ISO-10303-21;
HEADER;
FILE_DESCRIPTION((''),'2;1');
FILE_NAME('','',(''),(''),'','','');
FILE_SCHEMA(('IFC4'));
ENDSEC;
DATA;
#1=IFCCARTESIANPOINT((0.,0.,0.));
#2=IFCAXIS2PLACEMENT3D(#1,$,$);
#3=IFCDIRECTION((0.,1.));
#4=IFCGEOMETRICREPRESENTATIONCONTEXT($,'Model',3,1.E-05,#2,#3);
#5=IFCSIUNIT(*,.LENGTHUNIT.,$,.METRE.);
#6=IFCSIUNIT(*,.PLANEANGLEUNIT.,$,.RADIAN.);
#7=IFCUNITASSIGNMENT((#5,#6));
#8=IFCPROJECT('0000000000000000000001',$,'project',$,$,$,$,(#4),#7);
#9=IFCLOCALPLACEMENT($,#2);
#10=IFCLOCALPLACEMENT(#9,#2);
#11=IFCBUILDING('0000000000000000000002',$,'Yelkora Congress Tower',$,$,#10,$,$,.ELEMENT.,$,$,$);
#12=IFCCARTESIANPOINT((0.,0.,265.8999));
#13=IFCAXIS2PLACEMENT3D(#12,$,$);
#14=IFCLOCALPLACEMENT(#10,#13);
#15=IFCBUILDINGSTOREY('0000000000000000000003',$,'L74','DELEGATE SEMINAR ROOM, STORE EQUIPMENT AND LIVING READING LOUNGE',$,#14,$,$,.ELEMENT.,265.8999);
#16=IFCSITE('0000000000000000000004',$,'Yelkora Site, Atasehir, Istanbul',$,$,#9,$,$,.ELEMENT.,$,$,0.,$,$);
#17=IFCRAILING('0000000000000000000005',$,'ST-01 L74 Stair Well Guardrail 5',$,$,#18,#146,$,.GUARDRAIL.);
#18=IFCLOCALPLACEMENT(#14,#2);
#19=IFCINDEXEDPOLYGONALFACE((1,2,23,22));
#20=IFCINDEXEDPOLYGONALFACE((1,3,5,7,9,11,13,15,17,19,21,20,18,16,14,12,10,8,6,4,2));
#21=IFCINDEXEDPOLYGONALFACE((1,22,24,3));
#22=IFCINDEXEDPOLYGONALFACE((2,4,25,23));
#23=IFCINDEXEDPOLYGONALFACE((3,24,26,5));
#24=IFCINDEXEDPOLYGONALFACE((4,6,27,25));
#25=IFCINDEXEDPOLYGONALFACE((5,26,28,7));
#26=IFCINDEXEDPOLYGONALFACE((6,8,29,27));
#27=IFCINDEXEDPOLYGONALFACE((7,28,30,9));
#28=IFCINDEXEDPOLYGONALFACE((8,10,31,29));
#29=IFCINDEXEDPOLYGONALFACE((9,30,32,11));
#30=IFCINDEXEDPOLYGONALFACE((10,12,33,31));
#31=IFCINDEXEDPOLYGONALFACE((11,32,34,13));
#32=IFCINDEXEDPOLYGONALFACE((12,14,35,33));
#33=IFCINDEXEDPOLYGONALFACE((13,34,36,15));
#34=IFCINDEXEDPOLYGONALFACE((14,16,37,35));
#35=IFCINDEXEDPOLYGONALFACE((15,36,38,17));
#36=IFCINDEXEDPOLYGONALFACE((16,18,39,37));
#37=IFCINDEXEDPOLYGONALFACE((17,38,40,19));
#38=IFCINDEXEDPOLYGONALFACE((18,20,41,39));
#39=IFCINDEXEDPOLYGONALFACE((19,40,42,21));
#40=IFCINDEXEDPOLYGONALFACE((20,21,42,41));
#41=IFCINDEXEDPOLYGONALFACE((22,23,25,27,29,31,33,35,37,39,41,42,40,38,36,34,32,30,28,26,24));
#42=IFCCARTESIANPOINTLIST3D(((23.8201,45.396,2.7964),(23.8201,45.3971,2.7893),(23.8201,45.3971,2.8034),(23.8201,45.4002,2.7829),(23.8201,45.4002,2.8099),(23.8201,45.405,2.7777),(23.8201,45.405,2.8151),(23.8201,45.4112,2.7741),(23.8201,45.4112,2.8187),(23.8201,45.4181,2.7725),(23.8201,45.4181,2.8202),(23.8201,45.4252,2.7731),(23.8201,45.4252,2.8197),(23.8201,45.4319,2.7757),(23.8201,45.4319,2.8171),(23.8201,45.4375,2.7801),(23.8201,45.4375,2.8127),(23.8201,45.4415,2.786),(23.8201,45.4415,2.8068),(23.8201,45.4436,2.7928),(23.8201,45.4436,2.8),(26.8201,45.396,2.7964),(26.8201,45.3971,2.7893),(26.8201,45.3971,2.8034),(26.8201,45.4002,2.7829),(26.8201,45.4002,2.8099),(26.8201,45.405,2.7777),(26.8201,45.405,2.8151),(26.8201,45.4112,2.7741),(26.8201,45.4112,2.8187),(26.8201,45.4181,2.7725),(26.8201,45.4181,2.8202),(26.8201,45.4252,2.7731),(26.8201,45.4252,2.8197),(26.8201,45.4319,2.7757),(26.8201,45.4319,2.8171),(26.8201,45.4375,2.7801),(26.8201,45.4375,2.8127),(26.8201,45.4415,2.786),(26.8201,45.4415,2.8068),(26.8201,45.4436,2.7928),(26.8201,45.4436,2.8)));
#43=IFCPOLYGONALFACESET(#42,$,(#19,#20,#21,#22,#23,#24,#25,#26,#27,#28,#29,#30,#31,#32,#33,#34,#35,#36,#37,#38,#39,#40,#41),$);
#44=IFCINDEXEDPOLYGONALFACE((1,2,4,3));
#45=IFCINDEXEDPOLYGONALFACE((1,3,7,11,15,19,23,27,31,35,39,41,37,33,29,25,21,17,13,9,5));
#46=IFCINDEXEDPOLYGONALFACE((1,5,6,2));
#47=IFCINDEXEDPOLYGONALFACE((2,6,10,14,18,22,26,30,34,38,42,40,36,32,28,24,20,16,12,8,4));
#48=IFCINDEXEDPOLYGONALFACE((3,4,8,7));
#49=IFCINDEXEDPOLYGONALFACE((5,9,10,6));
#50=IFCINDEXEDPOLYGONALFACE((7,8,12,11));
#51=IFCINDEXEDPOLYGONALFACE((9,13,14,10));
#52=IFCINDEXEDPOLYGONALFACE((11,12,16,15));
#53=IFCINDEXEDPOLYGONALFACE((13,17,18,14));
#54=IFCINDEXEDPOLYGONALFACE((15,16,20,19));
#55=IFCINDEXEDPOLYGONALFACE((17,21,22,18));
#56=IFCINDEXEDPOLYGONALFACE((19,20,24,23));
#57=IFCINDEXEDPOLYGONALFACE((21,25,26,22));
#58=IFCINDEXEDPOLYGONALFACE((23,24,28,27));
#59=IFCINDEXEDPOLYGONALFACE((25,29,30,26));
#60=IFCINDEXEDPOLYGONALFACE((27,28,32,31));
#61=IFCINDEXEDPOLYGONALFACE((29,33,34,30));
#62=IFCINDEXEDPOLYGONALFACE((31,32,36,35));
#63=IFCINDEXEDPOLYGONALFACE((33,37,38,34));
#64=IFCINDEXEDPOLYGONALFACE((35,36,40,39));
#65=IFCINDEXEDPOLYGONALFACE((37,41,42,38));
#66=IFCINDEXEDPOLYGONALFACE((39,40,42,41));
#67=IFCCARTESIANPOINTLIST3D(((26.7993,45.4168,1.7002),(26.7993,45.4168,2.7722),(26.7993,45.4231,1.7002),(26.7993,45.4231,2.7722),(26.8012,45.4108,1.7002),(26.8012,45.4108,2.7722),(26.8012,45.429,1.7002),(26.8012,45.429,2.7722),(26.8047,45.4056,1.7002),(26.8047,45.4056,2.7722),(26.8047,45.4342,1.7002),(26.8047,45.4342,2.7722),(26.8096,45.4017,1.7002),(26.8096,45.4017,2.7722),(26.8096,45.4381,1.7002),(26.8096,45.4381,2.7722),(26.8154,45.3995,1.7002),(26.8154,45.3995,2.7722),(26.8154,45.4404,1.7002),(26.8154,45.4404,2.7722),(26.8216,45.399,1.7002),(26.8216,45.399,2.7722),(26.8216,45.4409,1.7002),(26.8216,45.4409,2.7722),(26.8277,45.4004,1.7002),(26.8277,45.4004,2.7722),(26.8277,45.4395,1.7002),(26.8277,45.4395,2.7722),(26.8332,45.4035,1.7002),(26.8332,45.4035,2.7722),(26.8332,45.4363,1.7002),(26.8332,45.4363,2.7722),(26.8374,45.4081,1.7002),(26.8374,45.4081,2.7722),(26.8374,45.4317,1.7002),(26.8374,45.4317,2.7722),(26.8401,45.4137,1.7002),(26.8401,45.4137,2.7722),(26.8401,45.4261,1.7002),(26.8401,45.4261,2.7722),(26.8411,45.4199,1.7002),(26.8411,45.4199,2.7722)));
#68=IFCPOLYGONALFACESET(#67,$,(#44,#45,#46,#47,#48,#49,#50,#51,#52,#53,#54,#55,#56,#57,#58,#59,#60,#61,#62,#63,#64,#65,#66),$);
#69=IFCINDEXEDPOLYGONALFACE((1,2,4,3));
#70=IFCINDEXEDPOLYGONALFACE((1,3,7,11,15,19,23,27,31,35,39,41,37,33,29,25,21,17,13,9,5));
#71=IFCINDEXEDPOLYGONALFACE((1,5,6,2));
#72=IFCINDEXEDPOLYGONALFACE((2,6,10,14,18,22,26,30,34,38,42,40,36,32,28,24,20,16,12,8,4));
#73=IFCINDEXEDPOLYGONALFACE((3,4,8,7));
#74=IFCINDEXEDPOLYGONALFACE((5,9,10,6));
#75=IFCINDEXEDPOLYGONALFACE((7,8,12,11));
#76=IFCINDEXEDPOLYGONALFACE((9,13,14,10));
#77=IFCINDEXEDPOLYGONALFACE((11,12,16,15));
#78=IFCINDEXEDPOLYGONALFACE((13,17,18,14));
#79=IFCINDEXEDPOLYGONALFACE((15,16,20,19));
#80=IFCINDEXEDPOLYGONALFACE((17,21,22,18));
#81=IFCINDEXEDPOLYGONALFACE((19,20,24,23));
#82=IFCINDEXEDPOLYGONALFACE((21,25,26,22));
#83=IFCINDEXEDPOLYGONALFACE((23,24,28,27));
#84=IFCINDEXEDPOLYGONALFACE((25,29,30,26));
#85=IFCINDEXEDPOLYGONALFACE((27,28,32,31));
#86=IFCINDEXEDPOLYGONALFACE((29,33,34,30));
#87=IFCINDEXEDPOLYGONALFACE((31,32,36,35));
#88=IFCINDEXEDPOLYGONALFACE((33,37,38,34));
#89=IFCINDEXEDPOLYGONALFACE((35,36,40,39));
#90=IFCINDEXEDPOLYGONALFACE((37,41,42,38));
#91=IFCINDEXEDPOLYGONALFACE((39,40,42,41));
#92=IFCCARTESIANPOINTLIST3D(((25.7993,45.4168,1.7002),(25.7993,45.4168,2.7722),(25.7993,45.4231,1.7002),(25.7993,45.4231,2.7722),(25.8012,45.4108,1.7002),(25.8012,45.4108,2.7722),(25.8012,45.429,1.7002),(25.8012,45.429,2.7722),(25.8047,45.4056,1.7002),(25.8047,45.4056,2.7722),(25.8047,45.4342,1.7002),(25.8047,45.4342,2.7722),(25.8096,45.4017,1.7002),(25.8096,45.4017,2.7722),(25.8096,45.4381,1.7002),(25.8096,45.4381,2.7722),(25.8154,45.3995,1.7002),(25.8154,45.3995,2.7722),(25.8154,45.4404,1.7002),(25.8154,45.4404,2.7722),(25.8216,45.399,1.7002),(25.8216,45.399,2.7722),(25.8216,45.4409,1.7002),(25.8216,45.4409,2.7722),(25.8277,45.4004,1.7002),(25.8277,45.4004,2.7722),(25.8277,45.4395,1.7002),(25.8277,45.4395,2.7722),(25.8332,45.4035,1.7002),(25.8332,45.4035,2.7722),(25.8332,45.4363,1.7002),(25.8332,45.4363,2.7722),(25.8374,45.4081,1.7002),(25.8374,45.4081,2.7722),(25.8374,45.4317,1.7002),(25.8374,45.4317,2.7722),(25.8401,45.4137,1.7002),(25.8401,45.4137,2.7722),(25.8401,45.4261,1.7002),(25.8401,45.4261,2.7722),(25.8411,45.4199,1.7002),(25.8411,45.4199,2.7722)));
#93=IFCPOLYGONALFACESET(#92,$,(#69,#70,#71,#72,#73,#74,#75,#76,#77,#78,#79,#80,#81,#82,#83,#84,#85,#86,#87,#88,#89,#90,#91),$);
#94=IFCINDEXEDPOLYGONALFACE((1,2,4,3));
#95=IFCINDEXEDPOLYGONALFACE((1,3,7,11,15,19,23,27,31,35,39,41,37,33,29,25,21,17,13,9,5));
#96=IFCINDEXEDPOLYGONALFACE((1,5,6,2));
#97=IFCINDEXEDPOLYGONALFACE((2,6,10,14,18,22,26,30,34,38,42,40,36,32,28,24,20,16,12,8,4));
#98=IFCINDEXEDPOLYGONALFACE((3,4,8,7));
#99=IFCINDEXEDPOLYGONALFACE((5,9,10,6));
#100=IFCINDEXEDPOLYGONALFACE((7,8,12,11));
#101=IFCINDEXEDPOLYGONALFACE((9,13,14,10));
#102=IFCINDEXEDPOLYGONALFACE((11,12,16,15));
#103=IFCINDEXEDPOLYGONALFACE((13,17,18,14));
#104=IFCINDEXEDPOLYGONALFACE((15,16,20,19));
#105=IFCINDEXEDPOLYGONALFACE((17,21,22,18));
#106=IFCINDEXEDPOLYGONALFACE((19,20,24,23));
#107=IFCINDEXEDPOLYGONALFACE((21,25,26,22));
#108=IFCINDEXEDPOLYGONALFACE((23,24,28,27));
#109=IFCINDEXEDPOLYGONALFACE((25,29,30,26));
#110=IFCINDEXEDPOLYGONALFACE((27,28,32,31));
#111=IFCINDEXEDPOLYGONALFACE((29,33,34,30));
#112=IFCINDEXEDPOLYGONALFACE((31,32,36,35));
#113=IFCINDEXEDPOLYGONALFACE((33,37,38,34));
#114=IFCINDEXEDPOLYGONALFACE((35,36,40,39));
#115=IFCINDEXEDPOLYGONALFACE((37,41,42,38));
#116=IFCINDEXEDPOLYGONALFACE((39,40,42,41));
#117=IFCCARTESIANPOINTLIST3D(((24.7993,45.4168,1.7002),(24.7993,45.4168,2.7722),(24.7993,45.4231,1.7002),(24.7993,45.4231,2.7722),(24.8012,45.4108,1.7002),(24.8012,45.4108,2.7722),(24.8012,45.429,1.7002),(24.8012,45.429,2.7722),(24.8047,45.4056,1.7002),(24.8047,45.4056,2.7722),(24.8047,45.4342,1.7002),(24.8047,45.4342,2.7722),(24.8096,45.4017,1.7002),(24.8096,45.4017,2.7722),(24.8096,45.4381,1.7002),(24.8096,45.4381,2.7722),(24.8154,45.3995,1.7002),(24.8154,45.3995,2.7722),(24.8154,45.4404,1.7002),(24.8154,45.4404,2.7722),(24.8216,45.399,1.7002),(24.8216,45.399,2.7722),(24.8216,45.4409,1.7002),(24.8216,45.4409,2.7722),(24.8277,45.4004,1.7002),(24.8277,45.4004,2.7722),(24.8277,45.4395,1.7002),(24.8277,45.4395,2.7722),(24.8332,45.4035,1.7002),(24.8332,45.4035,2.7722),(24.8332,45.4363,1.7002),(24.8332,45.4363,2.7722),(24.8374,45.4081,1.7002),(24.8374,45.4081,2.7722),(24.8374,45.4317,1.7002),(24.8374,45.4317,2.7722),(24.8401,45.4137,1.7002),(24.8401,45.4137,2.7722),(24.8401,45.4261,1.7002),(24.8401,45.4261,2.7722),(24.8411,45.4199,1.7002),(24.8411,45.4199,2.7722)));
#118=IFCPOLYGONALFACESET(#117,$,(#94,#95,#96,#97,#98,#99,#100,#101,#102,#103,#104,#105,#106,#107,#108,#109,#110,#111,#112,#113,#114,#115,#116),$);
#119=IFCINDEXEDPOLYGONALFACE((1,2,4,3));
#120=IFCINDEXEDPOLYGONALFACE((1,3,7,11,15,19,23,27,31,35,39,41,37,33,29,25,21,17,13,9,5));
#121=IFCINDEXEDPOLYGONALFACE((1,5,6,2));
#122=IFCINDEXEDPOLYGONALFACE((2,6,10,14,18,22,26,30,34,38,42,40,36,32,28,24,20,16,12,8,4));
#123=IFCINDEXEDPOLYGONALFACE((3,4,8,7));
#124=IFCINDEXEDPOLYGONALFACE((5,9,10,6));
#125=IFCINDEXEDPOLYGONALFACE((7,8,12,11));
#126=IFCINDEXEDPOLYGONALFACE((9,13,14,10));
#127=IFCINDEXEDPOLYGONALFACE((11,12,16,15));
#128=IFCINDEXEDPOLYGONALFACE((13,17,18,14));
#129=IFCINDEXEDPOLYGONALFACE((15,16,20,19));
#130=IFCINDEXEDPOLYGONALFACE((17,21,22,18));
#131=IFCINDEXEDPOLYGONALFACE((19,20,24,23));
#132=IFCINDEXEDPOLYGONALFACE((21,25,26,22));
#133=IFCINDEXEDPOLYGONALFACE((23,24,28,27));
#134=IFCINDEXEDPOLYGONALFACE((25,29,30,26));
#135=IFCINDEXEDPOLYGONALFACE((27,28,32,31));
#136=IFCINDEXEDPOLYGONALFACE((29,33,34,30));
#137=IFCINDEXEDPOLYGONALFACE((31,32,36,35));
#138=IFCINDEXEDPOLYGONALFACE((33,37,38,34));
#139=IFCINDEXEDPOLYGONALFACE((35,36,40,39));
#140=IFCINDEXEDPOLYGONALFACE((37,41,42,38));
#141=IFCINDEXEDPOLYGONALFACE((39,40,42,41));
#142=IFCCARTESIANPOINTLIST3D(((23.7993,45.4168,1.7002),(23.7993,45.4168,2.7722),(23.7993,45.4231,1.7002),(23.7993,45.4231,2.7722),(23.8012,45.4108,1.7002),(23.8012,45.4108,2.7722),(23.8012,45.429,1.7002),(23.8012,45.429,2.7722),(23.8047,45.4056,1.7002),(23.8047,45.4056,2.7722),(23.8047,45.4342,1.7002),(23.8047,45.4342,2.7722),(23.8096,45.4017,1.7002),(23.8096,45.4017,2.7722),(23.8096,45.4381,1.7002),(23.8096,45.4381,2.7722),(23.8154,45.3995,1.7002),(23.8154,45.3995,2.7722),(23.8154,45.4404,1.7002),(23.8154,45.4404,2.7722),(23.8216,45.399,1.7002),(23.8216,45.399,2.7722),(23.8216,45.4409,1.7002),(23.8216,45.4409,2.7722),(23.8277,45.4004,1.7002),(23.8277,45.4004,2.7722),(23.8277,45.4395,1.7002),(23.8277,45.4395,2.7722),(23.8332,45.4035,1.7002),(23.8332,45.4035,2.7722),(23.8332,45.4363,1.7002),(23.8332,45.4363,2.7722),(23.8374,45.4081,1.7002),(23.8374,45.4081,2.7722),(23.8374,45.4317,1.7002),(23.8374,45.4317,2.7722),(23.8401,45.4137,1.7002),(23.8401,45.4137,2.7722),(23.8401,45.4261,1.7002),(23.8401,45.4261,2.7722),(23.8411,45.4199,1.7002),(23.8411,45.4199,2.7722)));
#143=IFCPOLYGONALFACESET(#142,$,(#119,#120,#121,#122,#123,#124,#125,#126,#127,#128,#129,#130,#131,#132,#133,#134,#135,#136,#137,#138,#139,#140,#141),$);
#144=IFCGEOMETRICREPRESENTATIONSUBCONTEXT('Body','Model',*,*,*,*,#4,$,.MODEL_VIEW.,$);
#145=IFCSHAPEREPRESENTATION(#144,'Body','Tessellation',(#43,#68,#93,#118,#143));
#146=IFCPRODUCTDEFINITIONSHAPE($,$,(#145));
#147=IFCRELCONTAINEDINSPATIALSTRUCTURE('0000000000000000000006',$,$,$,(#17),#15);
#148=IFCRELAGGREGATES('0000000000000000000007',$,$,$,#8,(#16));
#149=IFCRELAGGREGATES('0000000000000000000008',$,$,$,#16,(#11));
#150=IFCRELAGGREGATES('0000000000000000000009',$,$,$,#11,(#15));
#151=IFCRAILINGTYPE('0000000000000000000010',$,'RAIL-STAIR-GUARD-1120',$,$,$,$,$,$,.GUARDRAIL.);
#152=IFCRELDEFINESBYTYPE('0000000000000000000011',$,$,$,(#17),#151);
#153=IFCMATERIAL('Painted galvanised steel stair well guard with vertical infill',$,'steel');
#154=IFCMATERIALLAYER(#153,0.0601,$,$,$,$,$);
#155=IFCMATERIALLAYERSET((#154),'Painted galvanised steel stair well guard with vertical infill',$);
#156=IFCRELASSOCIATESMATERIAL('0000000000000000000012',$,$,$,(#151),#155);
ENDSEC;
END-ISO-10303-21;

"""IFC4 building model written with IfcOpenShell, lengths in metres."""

from ifc_helpers import new_model, si_unit, direction, frame, origin, origin_2d, place, context, subcontext, project, spatial, circle, extrude, material, layer, layer_set, type_object, element, save


model = new_model("IFC4")

# Units and contexts
model_context = context("Model", 3, precision=1e-05, world=origin(), true_north=direction((0.0, 1.0)))
body_context = subcontext(model_context, "Body", "Model", "MODEL_VIEW")
ifc_project = project(units=[si_unit("LENGTHUNIT", "METRE"), si_unit("PLANEANGLEUNIT", "RADIAN")], contexts=[model_context])

# Site, building, storey
site_placement = place(None, origin())
site = spatial("IfcSite", under=ifc_project, at=site_placement, Name="Yelkora Site, Atasehir, Istanbul", CompositionType="ELEMENT", RefElevation=0.0)
building_placement = place(site_placement, origin())
building = spatial("IfcBuilding", under=site, at=building_placement, Name="Yelkora Congress Tower", CompositionType="ELEMENT")
storey_placement = place(building_placement, frame((0.0, 0.0, 265.8999)))
storey = spatial("IfcBuildingStorey", under=building, at=storey_placement, Name="L74", Description="DELEGATE SEMINAR ROOM, STORE EQUIPMENT AND LIVING READING LOUNGE", CompositionType="ELEMENT", Elevation=265.8999)

# Railing
ifc_material_1 = material(Name="Painted galvanised steel stair well guard with vertical infill", Category="steel")
ifc_layer_1 = layer(ifc_material_1, 0.0601)
ifc_layer_set_1 = layer_set([ifc_layer_1], Name="Painted galvanised steel stair well guard with vertical infill")
railing_type = type_object("IfcRailingType", Name="RAIL-STAIR-GUARD-1120", PredefinedType="GUARDRAIL", material=ifc_layer_set_1)
railing_1_placement = place(storey_placement, frame((26.8201, 45.4199, 1.7002)))
element("IfcRailing", 1, at=railing_1_placement, inside=storey, type_object=railing_type, Name="ST-01 L74 Stair Well Guardrail 5", PredefinedType="GUARDRAIL", context=body_context, shape_type="SweptSolid", body=[
    extrude(circle(Radius=0.0239, at=origin_2d()), frame((0.0, 0.0, 1.0962), z_axis=(-1.0, 0.0, 0.0), x_axis=(0.0, -1.0, 0.0)), (0.0, 0.0, 1.0), 3.0),
    extrude(circle(Radius=0.021, at=origin_2d()), origin(), (0.0, 0.0, 1.0), 1.072),
    extrude(circle(Radius=0.021, at=origin_2d()), frame((-1.0, 0.0, 0.0)), (0.0, 0.0, 1.0), 1.072),
    extrude(circle(Radius=0.021, at=origin_2d()), frame((-2.0, 0.0, 0.0)), (0.0, 0.0, 1.0), 1.072),
    extrude(circle(Radius=0.021, at=origin_2d()), frame((-3.0, 0.0, 0.0)), (0.0, 0.0, 1.0), 1.072),
])

save(model, "model.ifc")
